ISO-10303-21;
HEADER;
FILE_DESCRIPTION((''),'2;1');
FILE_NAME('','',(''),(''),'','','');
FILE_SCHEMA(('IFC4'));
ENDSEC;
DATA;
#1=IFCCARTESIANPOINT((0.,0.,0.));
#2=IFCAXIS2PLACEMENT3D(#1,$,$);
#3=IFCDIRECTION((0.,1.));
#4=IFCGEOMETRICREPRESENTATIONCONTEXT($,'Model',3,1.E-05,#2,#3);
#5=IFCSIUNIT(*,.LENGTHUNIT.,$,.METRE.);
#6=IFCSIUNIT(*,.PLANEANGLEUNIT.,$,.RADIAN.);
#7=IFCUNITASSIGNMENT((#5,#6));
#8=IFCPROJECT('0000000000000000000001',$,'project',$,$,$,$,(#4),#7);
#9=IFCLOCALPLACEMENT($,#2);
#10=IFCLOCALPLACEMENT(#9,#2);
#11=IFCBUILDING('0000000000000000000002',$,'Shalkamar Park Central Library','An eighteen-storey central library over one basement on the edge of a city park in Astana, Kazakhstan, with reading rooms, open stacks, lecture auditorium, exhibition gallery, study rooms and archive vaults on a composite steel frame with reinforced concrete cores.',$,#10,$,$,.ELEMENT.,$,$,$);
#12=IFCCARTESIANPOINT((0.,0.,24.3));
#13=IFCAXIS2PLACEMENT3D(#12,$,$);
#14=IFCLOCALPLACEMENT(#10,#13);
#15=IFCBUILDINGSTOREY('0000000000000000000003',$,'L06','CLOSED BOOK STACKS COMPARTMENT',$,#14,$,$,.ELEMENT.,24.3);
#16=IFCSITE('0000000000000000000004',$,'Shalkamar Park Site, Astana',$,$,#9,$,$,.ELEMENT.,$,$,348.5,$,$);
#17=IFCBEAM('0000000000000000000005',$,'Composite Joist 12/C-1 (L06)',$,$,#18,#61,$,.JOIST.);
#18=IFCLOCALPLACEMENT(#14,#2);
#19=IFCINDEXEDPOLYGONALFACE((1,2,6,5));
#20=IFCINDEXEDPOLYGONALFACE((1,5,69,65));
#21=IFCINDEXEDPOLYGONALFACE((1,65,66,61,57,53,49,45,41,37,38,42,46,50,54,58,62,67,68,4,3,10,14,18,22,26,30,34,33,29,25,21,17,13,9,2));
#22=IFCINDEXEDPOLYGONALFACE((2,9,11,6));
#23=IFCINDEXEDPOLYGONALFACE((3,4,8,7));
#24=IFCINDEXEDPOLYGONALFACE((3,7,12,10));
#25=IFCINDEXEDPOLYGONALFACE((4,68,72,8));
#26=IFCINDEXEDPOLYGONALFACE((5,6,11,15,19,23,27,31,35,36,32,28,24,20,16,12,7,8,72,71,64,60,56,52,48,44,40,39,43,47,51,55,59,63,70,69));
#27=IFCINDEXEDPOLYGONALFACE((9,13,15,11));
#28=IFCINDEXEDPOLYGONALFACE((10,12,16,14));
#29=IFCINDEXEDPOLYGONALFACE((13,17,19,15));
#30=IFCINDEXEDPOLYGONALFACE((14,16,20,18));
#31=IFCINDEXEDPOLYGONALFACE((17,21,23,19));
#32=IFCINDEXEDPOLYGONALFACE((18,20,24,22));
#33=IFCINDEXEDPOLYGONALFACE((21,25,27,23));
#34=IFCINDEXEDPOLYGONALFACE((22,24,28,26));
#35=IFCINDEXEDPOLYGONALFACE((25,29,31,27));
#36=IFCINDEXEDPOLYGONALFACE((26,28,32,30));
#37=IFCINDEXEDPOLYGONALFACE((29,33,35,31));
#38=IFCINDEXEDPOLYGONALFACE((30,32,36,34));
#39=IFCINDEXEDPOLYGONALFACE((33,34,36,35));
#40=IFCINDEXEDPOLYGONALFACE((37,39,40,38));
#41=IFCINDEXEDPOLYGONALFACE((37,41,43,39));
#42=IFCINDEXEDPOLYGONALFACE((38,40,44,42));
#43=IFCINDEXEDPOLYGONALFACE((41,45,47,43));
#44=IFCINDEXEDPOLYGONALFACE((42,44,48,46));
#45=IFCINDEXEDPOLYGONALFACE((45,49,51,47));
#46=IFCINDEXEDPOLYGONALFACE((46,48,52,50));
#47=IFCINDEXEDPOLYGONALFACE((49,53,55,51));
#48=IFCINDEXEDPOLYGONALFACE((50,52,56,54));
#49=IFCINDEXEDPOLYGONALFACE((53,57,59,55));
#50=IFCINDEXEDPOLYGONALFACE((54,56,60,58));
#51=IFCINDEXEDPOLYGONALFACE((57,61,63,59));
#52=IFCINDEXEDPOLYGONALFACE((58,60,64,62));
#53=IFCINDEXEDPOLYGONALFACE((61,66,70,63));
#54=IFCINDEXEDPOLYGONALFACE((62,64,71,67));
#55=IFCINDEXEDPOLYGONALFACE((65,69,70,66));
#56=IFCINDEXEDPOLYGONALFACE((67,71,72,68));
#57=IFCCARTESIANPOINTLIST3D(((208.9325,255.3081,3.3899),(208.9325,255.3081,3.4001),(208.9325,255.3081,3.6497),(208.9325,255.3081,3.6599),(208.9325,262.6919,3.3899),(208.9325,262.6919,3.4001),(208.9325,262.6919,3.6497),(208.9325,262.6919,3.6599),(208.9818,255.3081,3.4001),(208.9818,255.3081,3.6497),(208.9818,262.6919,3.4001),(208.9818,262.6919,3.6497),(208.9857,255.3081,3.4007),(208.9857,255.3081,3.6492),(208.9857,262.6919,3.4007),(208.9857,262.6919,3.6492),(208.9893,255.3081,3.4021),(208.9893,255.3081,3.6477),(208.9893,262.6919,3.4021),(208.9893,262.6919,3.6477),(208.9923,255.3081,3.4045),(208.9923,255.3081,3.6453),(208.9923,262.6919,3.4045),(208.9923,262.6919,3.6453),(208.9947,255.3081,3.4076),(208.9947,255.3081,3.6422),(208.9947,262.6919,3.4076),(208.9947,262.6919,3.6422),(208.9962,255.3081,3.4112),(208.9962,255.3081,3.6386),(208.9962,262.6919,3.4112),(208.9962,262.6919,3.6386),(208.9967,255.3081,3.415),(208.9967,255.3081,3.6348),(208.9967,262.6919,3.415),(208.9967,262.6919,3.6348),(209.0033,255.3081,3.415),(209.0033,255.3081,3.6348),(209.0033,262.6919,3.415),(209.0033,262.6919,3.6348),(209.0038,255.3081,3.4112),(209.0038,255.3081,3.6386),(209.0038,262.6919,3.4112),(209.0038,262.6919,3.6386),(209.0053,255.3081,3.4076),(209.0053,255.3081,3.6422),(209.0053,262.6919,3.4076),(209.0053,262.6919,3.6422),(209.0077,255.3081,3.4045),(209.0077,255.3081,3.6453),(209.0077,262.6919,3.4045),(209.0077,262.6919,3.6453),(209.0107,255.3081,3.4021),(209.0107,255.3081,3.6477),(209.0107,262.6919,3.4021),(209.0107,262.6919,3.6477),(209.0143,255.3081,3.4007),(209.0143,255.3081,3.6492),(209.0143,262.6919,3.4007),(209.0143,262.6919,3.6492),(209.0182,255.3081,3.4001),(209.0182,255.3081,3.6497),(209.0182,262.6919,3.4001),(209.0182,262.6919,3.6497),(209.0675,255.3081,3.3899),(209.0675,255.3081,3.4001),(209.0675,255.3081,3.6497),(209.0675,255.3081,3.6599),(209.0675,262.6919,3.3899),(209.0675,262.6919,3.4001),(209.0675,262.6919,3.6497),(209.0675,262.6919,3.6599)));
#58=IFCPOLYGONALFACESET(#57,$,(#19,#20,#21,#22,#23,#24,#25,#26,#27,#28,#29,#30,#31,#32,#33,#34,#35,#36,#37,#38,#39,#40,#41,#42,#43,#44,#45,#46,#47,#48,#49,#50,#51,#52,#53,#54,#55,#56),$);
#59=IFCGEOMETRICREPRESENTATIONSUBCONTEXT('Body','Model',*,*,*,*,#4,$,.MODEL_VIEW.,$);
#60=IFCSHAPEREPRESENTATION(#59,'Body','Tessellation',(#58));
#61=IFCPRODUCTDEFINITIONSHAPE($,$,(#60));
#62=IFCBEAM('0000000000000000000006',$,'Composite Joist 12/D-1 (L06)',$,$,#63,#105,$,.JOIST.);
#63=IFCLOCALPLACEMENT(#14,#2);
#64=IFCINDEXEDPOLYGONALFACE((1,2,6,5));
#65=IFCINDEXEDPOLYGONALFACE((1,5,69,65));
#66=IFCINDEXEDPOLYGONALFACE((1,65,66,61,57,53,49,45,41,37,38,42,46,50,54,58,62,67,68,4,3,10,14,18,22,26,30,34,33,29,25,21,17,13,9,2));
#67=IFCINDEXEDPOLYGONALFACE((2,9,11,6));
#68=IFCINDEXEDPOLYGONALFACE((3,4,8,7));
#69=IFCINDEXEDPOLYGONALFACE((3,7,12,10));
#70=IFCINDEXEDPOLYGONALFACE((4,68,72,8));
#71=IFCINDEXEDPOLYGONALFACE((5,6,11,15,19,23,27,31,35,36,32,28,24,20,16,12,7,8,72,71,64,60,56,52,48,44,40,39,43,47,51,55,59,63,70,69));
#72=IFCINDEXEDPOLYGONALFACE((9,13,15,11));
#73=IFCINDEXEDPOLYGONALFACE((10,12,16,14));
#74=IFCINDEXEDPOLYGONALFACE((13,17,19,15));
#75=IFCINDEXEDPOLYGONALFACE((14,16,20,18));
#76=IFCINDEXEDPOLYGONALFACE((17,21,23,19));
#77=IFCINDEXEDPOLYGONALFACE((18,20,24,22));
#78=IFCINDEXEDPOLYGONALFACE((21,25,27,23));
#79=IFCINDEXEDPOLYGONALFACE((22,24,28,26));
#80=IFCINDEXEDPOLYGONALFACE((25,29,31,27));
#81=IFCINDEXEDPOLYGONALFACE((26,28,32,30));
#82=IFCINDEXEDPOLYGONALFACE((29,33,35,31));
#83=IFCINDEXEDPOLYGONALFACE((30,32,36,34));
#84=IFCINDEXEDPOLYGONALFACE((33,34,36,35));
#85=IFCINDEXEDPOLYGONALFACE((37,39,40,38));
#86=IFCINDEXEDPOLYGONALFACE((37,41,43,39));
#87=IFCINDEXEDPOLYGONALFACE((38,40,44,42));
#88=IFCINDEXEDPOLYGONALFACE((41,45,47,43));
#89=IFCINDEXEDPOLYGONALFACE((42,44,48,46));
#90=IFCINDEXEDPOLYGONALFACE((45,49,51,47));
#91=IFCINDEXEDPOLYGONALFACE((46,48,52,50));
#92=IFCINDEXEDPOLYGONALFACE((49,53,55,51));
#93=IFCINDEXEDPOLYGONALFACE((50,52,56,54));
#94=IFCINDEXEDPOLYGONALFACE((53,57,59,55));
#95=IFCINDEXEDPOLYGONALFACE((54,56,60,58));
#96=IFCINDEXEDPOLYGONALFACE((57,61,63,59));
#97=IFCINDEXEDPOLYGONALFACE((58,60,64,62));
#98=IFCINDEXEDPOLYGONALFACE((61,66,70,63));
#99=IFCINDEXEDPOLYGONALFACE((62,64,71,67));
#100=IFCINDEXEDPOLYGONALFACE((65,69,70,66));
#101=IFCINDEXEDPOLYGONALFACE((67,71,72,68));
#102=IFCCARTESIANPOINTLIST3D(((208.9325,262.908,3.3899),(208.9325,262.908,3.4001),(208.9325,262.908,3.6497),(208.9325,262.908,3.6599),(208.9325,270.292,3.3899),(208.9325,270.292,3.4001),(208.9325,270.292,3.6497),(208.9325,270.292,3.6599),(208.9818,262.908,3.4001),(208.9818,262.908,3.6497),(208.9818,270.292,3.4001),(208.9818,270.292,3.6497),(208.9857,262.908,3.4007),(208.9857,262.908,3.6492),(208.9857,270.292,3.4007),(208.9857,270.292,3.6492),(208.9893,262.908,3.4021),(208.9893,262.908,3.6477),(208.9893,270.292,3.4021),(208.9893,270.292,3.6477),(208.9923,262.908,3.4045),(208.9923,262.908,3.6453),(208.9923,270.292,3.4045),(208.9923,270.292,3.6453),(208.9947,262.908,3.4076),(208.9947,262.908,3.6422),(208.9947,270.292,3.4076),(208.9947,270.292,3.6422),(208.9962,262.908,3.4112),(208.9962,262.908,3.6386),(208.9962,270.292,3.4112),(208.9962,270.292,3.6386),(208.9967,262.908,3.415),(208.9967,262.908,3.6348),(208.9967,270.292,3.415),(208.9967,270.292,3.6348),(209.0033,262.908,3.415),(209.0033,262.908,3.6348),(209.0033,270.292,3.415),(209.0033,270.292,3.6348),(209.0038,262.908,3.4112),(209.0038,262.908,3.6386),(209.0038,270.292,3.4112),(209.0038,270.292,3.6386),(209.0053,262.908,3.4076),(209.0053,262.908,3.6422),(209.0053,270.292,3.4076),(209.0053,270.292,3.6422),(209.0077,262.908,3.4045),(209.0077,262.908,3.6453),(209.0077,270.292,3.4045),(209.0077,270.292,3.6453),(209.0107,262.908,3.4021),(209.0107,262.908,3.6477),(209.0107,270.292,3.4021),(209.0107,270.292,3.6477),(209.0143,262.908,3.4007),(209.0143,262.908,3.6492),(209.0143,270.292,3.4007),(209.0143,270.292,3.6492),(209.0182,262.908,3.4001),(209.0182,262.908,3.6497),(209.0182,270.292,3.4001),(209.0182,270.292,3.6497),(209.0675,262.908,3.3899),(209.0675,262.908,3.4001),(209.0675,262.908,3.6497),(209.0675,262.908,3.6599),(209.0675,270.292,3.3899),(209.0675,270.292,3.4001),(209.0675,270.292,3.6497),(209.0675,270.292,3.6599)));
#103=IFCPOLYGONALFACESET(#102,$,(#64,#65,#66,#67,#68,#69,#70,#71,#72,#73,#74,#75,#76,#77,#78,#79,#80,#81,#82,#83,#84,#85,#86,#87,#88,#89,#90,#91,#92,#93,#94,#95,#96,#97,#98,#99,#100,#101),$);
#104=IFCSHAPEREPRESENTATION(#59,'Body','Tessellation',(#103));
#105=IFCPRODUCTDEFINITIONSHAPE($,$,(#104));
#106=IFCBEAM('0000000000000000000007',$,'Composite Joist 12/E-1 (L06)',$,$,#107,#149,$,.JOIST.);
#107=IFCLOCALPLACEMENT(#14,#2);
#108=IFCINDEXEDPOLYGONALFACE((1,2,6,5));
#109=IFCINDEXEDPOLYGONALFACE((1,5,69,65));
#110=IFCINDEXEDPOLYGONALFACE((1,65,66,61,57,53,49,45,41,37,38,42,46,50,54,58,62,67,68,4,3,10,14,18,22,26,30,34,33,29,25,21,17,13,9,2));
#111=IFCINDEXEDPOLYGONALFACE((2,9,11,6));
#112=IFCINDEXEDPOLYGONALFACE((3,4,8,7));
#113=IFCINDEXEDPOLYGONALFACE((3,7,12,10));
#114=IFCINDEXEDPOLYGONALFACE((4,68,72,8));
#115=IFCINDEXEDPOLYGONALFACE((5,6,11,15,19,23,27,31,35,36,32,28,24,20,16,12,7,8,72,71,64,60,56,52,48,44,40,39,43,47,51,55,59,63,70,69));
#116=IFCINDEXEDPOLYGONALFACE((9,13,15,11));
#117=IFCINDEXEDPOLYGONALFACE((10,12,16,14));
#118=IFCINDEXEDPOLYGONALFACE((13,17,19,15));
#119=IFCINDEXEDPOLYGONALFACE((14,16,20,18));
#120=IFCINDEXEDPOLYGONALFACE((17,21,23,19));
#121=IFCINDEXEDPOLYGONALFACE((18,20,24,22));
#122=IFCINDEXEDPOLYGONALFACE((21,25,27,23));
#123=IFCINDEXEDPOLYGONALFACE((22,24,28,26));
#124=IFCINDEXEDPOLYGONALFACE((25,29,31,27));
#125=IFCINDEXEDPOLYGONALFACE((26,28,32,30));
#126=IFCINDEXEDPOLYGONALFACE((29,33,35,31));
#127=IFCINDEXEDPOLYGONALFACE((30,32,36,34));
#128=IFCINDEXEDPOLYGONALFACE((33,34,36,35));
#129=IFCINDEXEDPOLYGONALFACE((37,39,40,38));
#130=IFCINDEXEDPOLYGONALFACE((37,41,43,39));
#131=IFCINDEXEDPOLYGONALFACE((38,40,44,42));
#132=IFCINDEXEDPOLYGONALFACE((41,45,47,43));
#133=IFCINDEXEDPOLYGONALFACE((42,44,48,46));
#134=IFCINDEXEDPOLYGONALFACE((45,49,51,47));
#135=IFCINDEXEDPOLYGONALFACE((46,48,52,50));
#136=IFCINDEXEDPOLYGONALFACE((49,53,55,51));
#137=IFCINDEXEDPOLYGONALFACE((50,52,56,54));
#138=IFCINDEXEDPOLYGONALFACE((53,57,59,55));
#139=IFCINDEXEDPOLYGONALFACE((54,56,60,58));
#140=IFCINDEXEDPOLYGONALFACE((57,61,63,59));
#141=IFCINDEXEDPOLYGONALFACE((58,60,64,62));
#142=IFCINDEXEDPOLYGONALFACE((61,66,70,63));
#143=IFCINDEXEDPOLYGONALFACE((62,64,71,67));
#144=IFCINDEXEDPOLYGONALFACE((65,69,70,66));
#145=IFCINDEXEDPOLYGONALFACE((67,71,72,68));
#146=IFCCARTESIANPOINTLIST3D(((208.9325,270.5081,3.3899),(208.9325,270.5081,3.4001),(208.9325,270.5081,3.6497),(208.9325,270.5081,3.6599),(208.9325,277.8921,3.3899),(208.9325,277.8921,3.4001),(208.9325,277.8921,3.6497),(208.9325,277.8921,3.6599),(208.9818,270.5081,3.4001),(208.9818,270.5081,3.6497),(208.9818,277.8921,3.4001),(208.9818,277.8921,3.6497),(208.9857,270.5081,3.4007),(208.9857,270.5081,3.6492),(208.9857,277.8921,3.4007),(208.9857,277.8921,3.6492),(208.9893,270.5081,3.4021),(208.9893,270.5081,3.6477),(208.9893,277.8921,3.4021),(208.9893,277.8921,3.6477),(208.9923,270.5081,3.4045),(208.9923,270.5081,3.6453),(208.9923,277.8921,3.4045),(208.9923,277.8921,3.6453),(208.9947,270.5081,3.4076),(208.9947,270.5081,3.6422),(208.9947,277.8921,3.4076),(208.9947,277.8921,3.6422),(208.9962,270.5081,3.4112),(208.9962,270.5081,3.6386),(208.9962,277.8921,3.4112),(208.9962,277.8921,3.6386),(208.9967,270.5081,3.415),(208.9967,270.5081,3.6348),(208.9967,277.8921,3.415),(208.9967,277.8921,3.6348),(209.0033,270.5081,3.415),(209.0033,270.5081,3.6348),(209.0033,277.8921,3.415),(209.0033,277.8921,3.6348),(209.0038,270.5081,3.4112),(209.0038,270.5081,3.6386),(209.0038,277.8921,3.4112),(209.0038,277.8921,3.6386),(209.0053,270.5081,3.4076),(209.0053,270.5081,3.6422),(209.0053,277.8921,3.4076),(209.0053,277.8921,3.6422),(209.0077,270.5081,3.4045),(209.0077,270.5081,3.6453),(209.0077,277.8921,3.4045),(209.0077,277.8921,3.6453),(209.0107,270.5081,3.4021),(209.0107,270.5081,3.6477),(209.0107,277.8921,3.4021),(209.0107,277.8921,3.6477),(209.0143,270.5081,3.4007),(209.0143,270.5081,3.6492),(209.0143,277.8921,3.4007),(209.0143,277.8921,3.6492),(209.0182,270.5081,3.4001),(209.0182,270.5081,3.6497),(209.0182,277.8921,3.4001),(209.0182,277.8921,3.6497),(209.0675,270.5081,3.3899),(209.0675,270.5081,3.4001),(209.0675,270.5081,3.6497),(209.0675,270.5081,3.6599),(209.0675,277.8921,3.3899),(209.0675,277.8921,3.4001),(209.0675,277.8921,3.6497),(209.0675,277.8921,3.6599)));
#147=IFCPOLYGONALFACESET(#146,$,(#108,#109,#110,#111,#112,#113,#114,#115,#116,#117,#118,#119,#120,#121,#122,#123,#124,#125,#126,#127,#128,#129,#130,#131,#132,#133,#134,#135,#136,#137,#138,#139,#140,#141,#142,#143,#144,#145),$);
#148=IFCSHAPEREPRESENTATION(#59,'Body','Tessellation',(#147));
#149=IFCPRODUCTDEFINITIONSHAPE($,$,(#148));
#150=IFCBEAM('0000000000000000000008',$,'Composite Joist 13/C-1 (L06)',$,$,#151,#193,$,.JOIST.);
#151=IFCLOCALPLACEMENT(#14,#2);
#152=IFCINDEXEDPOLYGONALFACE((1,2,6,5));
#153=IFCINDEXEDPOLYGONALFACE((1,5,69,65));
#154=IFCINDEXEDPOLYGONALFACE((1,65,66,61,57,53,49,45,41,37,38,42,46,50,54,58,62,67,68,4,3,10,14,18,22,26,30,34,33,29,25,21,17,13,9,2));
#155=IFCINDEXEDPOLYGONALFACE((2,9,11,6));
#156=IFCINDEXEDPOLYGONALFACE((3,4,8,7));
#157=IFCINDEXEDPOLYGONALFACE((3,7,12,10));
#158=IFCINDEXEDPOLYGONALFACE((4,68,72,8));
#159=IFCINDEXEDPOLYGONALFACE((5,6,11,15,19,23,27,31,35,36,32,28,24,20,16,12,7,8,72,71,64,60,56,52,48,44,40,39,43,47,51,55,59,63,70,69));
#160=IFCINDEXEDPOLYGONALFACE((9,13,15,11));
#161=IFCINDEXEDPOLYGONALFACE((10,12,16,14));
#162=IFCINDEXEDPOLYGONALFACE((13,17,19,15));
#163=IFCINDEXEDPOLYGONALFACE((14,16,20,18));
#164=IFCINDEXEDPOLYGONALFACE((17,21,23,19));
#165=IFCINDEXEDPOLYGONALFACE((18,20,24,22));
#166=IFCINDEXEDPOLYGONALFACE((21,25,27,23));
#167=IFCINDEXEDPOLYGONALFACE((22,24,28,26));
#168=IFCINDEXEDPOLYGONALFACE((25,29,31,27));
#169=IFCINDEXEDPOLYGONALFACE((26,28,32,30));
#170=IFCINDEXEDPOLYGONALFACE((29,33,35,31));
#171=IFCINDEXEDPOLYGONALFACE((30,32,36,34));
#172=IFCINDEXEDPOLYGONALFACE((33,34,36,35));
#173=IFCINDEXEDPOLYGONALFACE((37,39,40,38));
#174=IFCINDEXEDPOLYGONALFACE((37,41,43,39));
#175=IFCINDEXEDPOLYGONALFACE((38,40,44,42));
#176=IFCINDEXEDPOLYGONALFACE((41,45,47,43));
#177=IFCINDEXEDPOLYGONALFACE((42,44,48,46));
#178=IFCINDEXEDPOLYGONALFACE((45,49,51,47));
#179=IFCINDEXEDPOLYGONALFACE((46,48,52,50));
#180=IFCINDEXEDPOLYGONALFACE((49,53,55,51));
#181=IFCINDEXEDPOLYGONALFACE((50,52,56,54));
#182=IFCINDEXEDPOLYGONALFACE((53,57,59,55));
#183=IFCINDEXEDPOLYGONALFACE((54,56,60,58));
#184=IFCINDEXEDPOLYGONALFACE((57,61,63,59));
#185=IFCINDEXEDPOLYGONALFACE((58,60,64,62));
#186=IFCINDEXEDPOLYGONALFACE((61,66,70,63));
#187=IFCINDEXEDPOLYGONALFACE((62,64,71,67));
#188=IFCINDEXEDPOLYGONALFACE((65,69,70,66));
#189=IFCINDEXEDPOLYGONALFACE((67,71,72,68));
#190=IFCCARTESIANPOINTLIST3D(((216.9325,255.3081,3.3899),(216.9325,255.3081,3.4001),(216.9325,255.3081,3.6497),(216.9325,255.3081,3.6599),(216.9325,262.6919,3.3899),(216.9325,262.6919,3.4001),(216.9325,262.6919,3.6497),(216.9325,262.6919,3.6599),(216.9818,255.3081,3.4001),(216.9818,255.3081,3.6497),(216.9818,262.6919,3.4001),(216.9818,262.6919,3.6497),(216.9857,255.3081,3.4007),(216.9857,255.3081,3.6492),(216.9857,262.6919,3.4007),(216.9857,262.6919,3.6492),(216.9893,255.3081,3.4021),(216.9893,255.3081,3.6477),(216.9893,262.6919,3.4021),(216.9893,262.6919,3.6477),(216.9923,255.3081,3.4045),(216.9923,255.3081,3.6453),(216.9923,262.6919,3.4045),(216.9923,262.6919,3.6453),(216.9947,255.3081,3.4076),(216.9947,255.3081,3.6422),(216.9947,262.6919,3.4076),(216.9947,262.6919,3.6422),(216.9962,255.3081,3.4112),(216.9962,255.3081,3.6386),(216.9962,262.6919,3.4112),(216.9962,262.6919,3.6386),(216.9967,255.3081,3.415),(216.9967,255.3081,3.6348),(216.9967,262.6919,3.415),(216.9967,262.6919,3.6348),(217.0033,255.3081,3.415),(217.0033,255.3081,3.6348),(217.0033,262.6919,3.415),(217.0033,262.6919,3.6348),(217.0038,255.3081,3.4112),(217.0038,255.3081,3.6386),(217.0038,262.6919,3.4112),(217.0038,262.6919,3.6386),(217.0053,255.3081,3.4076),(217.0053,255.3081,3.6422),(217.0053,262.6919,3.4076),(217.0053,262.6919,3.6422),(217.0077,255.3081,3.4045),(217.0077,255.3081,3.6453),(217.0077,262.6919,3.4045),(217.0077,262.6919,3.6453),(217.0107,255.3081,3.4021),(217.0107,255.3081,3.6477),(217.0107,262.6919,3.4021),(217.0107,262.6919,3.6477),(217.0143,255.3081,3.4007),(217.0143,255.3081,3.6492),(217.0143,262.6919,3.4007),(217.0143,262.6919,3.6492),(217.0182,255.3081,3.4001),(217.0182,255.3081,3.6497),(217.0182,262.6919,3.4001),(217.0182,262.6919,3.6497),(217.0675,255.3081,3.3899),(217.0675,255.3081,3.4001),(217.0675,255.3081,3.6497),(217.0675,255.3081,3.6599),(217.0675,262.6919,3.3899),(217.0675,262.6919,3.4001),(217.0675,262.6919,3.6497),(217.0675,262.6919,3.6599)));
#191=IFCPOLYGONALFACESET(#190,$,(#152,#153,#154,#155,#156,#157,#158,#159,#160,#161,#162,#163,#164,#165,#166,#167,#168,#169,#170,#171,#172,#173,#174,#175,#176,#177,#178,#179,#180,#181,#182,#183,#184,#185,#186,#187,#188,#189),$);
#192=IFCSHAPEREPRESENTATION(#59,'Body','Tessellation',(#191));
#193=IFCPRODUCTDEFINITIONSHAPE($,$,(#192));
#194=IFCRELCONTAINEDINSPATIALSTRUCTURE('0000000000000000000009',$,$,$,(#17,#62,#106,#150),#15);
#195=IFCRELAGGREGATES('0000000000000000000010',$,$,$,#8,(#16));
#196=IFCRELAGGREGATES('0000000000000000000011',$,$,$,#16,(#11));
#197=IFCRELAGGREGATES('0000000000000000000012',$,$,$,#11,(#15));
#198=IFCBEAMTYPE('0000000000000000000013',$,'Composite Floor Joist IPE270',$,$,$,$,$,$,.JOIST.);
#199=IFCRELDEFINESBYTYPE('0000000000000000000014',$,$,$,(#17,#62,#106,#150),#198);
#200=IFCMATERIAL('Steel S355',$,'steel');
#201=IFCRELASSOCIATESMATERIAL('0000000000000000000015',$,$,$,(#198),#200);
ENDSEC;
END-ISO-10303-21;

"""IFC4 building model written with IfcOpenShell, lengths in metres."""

from ifc_helpers import new_model, si_unit, direction, frame, origin, origin_2d, place, context, subcontext, project, spatial, i_section, extrude, material, material_profile, profile_set, type_object, element, save


model = new_model("IFC4")

# Units and contexts
model_context = context("Model", 3, precision=1e-05, world=origin(), true_north=direction((0.0, 1.0)))
body_context = subcontext(model_context, "Body", "Model", "MODEL_VIEW")
ifc_project = project(units=[si_unit("LENGTHUNIT", "METRE"), si_unit("PLANEANGLEUNIT", "RADIAN")], contexts=[model_context])

# Site, building, storey
site_placement = place(None, origin())
site = spatial("IfcSite", under=ifc_project, at=site_placement, Name="Shalkamar Park Site, Astana", CompositionType="ELEMENT", RefElevation=348.5)
building_placement = place(site_placement, origin())
building = spatial("IfcBuilding", under=site, at=building_placement, Name="Shalkamar Park Central Library", Description="An eighteen-storey central library over one basement on the edge of a city park in Astana, Kazakhstan, with reading rooms, open stacks, lecture auditorium, exhibition gallery, study rooms and archive vaults on a composite steel frame with reinforced concrete cores.", CompositionType="ELEMENT")
storey_placement = place(building_placement, frame((0.0, 0.0, 24.3)))
storey = spatial("IfcBuildingStorey", under=building, at=storey_placement, Name="L06", Description="CLOSED BOOK STACKS COMPARTMENT", CompositionType="ELEMENT", Elevation=24.3)

# Shared definitions
ifc_material_1 = material(Name="Steel S355", Category="steel")

# Beams
ifc_material_profile_1 = material_profile(ifc_material_1, i_section(OverallWidth=0.135, OverallDepth=0.27, WebThickness=0.0066, FlangeThickness=0.0103, FilletRadius=0.0149, at=origin_2d()), Name="IPE 270")
ifc_profile_set_1 = profile_set([ifc_material_profile_1], Name="Steel S355")
beam_type_1 = type_object("IfcBeamType", Name="Composite Floor Joist IPE270", PredefinedType="JOIST", material=ifc_profile_set_1)
beam_1_placement = place(storey_placement, frame((209.0, 255.3081, 3.5249), z_axis=(0.0, 1.0, 0.0), x_axis=(-1.0, 0.0, 0.0)))
element("IfcBeam", 1, at=beam_1_placement, inside=storey, type_object=beam_type_1, Name="Composite Joist 12/C-1 (L06)", PredefinedType="JOIST", context=body_context, shape_type="SweptSolid", body=[
    extrude(i_section(OverallWidth=0.135, OverallDepth=0.27, WebThickness=0.0066, FlangeThickness=0.0103, FilletRadius=0.0149, at=origin_2d()), origin(), (0.0, 0.0, 1.0), 7.3838),
])
for number, where, z_axis, x_axis, name in (
    (2, (209.0, 262.908, 3.5249), (0.0, 1.0, 0.0), (-1.0, 0.0, 0.0), "Composite Joist 12/D-1 (L06)"),
    (3, (209.0, 270.5081, 3.5249), (0.0, 1.0, 0.0), (-1.0, 0.0, 0.0), "Composite Joist 12/E-1 (L06)"),
):
    element("IfcBeam", number, at=place(storey_placement, frame(where, z_axis=z_axis, x_axis=x_axis)), inside=storey, type_object=beam_type_1, Name=name, PredefinedType="JOIST", context=body_context, shape_type="SweptSolid", body=[
        extrude(i_section(OverallWidth=0.135, OverallDepth=0.27, WebThickness=0.0066, FlangeThickness=0.0103, FilletRadius=0.0149, at=origin_2d()), origin(), (0.0, 0.0, 1.0), 7.384),
    ])
beam_2_placement = place(storey_placement, frame((217.0, 255.3081, 3.5249), z_axis=(0.0, 1.0, 0.0), x_axis=(-1.0, 0.0, 0.0)))
element("IfcBeam", 4, at=beam_2_placement, inside=storey, type_object=beam_type_1, Name="Composite Joist 13/C-1 (L06)", PredefinedType="JOIST", context=body_context, shape_type="SweptSolid", body=[
    extrude(i_section(OverallWidth=0.135, OverallDepth=0.27, WebThickness=0.0066, FlangeThickness=0.0103, FilletRadius=0.0149, at=origin_2d()), origin(), (0.0, 0.0, 1.0), 7.3838),
])

save(model, "model.ifc")
